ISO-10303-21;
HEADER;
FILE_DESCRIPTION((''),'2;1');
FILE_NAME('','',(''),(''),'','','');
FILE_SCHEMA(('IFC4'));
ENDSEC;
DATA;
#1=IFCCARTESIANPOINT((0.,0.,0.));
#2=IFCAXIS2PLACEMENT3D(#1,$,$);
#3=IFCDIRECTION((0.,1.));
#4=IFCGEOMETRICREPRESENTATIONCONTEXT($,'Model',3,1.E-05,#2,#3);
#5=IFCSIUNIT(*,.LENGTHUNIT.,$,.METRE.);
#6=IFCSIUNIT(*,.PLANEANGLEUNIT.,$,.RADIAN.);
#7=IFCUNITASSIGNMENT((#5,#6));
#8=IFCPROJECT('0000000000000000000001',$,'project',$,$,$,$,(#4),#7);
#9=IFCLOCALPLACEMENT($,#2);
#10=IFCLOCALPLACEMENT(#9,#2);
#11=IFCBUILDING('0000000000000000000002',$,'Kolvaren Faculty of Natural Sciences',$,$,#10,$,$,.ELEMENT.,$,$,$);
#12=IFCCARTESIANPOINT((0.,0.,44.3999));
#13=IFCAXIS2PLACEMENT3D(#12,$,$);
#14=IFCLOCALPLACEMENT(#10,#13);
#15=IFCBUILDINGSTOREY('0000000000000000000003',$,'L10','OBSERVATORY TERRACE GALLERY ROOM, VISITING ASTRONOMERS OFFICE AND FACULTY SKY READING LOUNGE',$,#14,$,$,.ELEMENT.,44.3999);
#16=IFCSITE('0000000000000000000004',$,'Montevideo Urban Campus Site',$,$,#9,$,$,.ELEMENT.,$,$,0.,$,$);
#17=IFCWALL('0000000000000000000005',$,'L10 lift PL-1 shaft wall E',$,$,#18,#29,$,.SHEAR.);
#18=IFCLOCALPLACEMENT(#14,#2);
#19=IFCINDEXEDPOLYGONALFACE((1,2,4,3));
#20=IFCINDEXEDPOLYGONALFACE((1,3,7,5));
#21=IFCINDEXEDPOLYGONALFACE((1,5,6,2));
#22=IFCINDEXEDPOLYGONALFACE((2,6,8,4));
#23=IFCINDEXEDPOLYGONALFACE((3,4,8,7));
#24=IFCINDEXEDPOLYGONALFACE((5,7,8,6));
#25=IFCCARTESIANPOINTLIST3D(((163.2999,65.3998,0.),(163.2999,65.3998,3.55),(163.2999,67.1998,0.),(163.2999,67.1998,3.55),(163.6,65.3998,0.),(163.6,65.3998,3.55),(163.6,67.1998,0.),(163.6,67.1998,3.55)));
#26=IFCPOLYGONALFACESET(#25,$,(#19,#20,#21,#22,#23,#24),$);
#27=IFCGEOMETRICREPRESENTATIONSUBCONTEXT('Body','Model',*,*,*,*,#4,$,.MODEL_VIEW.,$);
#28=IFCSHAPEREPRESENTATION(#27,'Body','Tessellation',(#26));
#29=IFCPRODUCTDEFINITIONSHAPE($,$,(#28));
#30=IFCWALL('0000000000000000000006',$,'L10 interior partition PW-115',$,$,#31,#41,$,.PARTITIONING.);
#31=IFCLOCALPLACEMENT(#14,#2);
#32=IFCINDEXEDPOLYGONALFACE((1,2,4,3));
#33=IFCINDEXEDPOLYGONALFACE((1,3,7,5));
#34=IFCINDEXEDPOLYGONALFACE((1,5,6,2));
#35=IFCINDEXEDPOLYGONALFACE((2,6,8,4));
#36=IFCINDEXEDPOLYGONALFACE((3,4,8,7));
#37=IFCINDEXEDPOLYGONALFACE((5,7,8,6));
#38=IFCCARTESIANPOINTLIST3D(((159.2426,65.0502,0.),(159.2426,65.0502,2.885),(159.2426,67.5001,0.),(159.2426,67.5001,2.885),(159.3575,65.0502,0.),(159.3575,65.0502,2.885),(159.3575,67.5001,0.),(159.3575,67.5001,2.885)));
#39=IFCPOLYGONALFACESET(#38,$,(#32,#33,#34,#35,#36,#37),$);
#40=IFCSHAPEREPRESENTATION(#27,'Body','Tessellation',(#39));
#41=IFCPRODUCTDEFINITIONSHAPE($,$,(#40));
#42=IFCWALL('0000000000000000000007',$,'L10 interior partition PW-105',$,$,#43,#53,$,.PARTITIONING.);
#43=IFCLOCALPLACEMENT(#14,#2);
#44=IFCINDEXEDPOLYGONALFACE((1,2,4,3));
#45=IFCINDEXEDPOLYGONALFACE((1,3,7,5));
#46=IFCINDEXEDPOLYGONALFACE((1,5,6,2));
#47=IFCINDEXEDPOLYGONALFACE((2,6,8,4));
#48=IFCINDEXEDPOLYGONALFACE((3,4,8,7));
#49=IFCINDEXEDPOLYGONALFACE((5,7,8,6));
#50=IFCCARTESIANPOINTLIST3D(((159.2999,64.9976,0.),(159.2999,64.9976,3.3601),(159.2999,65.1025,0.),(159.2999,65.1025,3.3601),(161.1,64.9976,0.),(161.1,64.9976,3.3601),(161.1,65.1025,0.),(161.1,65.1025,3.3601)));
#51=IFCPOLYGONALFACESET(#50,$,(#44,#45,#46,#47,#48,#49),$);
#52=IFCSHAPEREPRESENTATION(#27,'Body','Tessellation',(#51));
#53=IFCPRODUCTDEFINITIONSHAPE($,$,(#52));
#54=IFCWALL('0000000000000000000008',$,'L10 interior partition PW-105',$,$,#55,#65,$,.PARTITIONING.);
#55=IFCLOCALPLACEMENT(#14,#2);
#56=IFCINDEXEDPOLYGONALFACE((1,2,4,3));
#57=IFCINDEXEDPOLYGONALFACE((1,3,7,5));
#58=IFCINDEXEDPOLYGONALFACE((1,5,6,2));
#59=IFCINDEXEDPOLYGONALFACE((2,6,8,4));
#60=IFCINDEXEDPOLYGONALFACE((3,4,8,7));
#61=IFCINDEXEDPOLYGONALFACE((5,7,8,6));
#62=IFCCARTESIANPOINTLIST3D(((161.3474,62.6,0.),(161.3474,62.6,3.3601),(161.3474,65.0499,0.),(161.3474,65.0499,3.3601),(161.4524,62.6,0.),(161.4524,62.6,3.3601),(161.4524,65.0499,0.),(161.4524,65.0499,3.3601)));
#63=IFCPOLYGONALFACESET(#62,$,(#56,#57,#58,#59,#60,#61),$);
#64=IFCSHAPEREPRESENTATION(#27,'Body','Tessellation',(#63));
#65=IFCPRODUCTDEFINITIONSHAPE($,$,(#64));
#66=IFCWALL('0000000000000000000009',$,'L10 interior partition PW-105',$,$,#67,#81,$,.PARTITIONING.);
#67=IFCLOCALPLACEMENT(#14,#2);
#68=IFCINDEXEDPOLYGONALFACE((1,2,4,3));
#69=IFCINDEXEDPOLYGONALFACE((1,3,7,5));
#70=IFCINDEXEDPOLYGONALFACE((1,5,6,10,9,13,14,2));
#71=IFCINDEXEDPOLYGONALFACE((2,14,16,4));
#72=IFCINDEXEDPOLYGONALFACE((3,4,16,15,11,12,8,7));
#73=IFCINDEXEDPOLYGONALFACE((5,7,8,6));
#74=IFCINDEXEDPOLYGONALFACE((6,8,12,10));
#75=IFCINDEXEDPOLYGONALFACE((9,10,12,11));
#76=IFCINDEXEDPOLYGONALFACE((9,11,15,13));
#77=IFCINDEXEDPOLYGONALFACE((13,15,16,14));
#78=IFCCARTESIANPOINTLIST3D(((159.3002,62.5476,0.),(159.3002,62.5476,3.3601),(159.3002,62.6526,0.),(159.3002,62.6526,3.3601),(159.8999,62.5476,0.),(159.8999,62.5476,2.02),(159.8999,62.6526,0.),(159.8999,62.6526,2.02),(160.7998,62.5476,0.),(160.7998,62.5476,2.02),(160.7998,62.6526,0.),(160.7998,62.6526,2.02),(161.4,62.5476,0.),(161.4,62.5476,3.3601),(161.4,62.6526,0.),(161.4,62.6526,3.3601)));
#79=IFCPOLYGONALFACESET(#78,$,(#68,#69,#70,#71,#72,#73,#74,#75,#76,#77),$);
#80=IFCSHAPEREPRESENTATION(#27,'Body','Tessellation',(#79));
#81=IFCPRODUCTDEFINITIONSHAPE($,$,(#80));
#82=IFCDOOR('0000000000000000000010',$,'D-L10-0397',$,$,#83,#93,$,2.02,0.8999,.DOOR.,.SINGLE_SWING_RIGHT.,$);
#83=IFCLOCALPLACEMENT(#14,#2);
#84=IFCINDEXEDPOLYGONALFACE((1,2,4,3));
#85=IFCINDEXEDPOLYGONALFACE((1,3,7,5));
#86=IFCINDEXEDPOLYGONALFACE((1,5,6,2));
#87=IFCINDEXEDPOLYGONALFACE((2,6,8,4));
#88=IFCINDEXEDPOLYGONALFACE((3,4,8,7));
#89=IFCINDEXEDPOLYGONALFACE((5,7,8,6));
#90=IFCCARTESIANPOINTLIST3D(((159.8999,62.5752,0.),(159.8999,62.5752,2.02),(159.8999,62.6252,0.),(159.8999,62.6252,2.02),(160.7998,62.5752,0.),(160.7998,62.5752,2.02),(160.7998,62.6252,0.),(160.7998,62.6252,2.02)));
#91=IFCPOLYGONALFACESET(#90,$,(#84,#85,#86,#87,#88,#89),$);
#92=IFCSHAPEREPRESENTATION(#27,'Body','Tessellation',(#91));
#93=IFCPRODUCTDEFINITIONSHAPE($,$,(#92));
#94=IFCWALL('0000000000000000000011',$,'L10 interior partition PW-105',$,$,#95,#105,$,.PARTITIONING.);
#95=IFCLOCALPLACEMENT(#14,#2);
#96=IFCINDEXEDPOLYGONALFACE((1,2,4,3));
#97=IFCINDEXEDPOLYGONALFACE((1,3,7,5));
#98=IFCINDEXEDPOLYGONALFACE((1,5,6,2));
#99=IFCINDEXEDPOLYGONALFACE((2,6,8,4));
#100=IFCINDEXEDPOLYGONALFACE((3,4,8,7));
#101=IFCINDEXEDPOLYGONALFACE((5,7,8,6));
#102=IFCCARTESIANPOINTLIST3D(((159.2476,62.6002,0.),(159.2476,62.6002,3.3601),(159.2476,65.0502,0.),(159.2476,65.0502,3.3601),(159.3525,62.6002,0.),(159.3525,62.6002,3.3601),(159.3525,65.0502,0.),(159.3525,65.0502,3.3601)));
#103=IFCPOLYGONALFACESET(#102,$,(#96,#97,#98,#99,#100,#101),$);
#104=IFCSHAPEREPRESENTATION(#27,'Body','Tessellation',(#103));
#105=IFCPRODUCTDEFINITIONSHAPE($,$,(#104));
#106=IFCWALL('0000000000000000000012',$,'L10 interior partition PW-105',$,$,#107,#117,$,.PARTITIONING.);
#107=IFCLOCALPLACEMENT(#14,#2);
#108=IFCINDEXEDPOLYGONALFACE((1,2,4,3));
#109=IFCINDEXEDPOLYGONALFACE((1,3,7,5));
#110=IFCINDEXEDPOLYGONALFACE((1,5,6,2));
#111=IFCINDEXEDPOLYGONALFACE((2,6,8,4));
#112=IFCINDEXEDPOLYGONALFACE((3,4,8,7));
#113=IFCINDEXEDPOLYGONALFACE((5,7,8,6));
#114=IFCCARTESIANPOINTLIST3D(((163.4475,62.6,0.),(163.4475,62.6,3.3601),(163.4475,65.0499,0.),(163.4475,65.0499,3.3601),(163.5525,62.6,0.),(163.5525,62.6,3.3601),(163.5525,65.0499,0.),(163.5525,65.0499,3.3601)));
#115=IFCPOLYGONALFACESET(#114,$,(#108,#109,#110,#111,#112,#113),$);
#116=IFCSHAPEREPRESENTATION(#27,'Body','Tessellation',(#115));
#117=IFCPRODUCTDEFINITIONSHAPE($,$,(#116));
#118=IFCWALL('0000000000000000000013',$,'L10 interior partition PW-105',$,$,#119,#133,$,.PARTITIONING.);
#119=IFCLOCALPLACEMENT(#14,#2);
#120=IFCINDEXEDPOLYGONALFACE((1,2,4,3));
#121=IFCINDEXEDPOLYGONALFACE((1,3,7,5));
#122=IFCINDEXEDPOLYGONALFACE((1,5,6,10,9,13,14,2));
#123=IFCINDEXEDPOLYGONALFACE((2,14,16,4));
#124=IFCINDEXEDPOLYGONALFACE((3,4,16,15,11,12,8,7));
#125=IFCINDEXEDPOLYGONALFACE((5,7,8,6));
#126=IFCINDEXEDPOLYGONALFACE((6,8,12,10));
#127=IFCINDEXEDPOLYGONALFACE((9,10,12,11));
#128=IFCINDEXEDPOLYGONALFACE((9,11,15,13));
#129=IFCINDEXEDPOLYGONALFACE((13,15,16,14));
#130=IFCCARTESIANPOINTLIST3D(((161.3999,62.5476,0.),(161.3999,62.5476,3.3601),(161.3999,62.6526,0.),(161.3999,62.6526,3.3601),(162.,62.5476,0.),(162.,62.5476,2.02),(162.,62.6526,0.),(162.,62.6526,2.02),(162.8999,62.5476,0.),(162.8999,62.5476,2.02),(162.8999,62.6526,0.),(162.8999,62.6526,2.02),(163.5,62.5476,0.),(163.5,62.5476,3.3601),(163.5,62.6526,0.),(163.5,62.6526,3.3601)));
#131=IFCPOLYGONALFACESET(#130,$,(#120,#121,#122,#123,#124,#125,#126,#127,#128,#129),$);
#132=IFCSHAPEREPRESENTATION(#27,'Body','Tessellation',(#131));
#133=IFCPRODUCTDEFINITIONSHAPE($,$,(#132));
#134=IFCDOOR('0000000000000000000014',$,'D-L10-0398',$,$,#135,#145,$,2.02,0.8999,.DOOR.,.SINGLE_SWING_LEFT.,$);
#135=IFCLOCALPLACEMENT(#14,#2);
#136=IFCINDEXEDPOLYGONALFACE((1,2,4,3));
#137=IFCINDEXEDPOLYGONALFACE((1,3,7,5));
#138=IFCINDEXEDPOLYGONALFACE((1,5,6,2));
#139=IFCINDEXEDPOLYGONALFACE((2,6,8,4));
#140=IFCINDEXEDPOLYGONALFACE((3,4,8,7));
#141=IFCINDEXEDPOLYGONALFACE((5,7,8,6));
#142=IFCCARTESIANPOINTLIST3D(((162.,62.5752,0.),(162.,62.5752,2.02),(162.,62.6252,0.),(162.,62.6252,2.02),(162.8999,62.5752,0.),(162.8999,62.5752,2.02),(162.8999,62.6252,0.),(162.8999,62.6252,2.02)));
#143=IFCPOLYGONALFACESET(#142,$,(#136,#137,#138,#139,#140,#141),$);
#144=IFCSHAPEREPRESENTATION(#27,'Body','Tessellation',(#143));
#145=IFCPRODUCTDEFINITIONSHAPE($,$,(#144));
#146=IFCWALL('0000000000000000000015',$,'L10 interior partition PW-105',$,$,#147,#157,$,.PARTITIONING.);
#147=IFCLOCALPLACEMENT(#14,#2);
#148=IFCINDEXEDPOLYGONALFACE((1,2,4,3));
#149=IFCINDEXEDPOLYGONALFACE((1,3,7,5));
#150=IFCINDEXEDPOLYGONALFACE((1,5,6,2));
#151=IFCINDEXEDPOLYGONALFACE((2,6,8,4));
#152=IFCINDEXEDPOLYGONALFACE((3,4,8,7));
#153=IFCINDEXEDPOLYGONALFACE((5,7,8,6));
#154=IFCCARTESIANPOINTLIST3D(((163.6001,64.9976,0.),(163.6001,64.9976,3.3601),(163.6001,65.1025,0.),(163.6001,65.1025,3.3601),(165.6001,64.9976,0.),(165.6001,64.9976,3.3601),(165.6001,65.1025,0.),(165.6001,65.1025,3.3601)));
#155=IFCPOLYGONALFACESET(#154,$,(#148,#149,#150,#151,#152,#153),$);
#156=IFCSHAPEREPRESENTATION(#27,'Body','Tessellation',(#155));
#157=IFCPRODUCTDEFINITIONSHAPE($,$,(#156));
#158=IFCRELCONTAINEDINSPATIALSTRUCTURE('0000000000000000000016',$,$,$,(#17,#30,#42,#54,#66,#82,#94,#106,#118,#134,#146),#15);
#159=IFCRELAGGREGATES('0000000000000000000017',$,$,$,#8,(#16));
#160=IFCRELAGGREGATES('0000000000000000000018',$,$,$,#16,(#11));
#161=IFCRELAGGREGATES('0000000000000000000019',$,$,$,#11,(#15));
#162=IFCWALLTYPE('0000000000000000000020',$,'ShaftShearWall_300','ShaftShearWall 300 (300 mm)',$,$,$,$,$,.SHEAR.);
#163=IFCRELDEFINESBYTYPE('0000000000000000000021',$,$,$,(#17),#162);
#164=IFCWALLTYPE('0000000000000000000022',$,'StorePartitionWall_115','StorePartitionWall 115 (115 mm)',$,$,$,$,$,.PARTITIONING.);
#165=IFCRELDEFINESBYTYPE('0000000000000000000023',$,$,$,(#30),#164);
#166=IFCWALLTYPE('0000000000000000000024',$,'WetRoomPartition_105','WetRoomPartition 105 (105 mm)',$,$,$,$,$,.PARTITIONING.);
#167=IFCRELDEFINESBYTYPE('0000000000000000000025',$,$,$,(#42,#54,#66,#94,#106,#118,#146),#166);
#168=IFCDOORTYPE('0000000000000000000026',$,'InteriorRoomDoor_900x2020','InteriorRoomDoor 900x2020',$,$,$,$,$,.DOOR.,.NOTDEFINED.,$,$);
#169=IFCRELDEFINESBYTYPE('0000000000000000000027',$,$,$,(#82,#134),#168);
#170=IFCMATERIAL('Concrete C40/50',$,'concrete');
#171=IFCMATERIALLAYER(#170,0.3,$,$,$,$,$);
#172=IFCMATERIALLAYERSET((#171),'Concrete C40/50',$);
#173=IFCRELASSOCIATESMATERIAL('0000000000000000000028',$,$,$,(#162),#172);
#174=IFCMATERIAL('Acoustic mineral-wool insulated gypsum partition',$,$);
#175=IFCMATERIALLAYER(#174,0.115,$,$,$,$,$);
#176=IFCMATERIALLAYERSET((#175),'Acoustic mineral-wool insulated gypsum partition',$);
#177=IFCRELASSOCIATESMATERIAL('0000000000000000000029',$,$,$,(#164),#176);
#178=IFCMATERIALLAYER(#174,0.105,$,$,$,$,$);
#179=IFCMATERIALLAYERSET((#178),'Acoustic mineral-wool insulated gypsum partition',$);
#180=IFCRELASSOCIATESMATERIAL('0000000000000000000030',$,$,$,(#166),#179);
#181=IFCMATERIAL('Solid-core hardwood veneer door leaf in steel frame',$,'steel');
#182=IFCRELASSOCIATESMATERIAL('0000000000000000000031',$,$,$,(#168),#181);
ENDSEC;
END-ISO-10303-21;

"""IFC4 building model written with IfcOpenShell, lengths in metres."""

from ifc_helpers import new_model, si_unit, direction, frame, frame_2d, origin, place, context, subcontext, project, spatial, rectangle, extrude, material, layer, layer_set, type_object, element, fill, save


model = new_model("IFC4")

# Units and contexts
model_context = context("Model", 3, precision=1e-05, world=origin(), true_north=direction((0.0, 1.0)))
body_context = subcontext(model_context, "Body", "Model", "MODEL_VIEW")
ifc_project = project(units=[si_unit("LENGTHUNIT", "METRE"), si_unit("PLANEANGLEUNIT", "RADIAN")], contexts=[model_context])

# Site, building, storey
site_placement = place(None, origin())
site = spatial("IfcSite", under=ifc_project, at=site_placement, Name="Montevideo Urban Campus Site", CompositionType="ELEMENT", RefElevation=0.0)
building_placement = place(site_placement, origin())
building = spatial("IfcBuilding", under=site, at=building_placement, Name="Kolvaren Faculty of Natural Sciences", CompositionType="ELEMENT")
storey_placement = place(building_placement, frame((0.0, 0.0, 44.3999)))
storey = spatial("IfcBuildingStorey", under=building, at=storey_placement, Name="L10", Description="OBSERVATORY TERRACE GALLERY ROOM, VISITING ASTRONOMERS OFFICE AND FACULTY SKY READING LOUNGE", CompositionType="ELEMENT", Elevation=44.3999)

# Shared definitions
ifc_material_1 = material(Name="Concrete C40/50", Category="concrete")

# Shared definitions
ifc_layer_1 = layer(ifc_material_1, 0.3)
ifc_layer_set_1 = layer_set([ifc_layer_1], Name="Concrete C40/50")
wall_type_1 = type_object("IfcWallType", Name="ShaftShearWall_300", Description="ShaftShearWall 300 (300 mm)", PredefinedType="SHEAR", material=ifc_layer_set_1)

# Walls
for number, where, z_axis, x_axis, name in (
    (1, (163.45, 65.3999, 0.0), (0.0, 0.0, 1.0), (0.0, 1.0, 0.0), "L10 lift PL-1 shaft wall E"),
):
    element("IfcWall", number, at=place(storey_placement, frame(where, z_axis=z_axis, x_axis=x_axis)), inside=storey, type_object=wall_type_1, Name=name, PredefinedType="SHEAR", context=body_context, shape_type="SweptSolid", body=[
        extrude(rectangle(XDim=1.8, YDim=0.3, at=frame_2d((0.8999, 0.0))), origin(), (0.0, 0.0, 1.0), 3.55),
    ])
ifc_material_2 = material(Name="Acoustic mineral-wool insulated gypsum partition")
ifc_layer_2 = layer(ifc_material_2, 0.115)
ifc_layer_set_2 = layer_set([ifc_layer_2], Name="Acoustic mineral-wool insulated gypsum partition")
wall_type_2 = type_object("IfcWallType", Name="StorePartitionWall_115", Description="StorePartitionWall 115 (115 mm)", PredefinedType="PARTITIONING", material=ifc_layer_set_2)
wall_1_placement = place(storey_placement, frame((159.3, 65.05, 0.0), z_axis=(0.0, 0.0, 1.0), x_axis=(0.0, 1.0, 0.0)))
element("IfcWall", 2, at=wall_1_placement, inside=storey, type_object=wall_type_2, Name="L10 interior partition PW-115", PredefinedType="PARTITIONING", context=body_context, shape_type="SweptSolid", body=[
    extrude(rectangle(XDim=2.45, YDim=0.115, at=frame_2d((1.2251, 0.0))), origin(), (0.0, 0.0, 1.0), 2.885),
])
ifc_layer_3 = layer(ifc_material_2, 0.105)
ifc_layer_set_3 = layer_set([ifc_layer_3], Name="Acoustic mineral-wool insulated gypsum partition")
wall_type_3 = type_object("IfcWallType", Name="WetRoomPartition_105", Description="WetRoomPartition 105 (105 mm)", PredefinedType="PARTITIONING", material=ifc_layer_set_3)
wall_2_placement = place(storey_placement, frame((159.3, 65.05, 0.0), z_axis=(0.0, 0.0, 1.0), x_axis=(1.0, 0.0, 0.0)))
element("IfcWall", 3, at=wall_2_placement, inside=storey, type_object=wall_type_3, Name="L10 interior partition PW-105", PredefinedType="PARTITIONING", context=body_context, shape_type="SweptSolid", body=[
    extrude(rectangle(XDim=1.8, YDim=0.105, at=frame_2d((0.8999, 0.0))), origin(), (0.0, 0.0, 1.0), 3.3601),
])
wall_3_placement = place(storey_placement, frame((161.3999, 65.05, 0.0), z_axis=(0.0, 0.0, 1.0), x_axis=(0.0, -1.0, 0.0)))
element("IfcWall", 4, at=wall_3_placement, inside=storey, type_object=wall_type_3, Name="L10 interior partition PW-105", PredefinedType="PARTITIONING", context=body_context, shape_type="SweptSolid", body=[
    extrude(rectangle(XDim=2.45, YDim=0.105, at=frame_2d((1.2251, 0.0))), origin(), (0.0, 0.0, 1.0), 3.3601),
])

# Wall, opening, door
wall_4_placement = place(storey_placement, frame((161.3999, 62.6001, 0.0), z_axis=(0.0, 0.0, 1.0), x_axis=(-1.0, 0.0, 0.0)))
wall_4 = element("IfcWall", 5, at=wall_4_placement, inside=storey, type_object=wall_type_3, Name="L10 interior partition PW-105", PredefinedType="PARTITIONING", context=body_context, shape_type="SweptSolid", body=[
    extrude(rectangle(XDim=2.0999, YDim=0.105, at=frame_2d((1.0498, 0.0))), origin(), (0.0, 0.0, 1.0), 3.3601),
])
opening_1_placement = place(wall_4_placement, frame((0.6001, 0.0, 0.0)))
opening_1 = element("IfcOpeningElement", 6, at=opening_1_placement, cuts=wall_4, PredefinedType="OPENING", context=body_context, shape_type="SweptSolid", body=[
    extrude(rectangle(XDim=0.8999, YDim=2.02, at=frame_2d((0.45, 1.01))), frame((0.0, 0.0625, 0.0), z_axis=(0.0, -1.0, 0.0), x_axis=(1.0, 0.0, 0.0)), (0.0, 0.0, 1.0), 0.125),
])
ifc_material_3 = material(Name="Solid-core hardwood veneer door leaf in steel frame", Category="steel")
door_type_1 = type_object("IfcDoorType", Name="InteriorRoomDoor_900x2020", Description="InteriorRoomDoor 900x2020", OperationType="NOTDEFINED", PredefinedType="DOOR", material=ifc_material_3)
door_1_placement = place(opening_1_placement, origin())
door_1 = element("IfcDoor", 7, at=door_1_placement, inside=storey, type_object=door_type_1, Name="D-L10-0397", OperationType="SINGLE_SWING_RIGHT", OverallHeight=2.02, OverallWidth=0.8999, PredefinedType="DOOR", context=body_context, shape_type="SweptSolid", body=[
    extrude(rectangle(XDim=0.8999, YDim=2.02, at=frame_2d((0.45, 1.01))), frame((0.0, 0.0249, 0.0), z_axis=(0.0, -1.0, 0.0), x_axis=(1.0, 0.0, 0.0)), (0.0, 0.0, 1.0), 0.05),
])
fill(opening_1, door_1)

# Walls
for number, where, z_axis, x_axis, name in (
    (8, (159.3, 62.6001, 0.0), (0.0, 0.0, 1.0), (0.0, 1.0, 0.0), "L10 interior partition PW-105"),
    (9, (163.5, 65.05, 0.0), (0.0, 0.0, 1.0), (0.0, -1.0, 0.0), "L10 interior partition PW-105"),
):
    element("IfcWall", number, at=place(storey_placement, frame(where, z_axis=z_axis, x_axis=x_axis)), inside=storey, type_object=wall_type_3, Name=name, PredefinedType="PARTITIONING", context=body_context, shape_type="SweptSolid", body=[
        extrude(rectangle(XDim=2.45, YDim=0.105, at=frame_2d((1.2251, 0.0))), origin(), (0.0, 0.0, 1.0), 3.3601),
    ])

# Wall, opening, door
wall_5_placement = place(storey_placement, frame((163.5, 62.6001, 0.0), z_axis=(0.0, 0.0, 1.0), x_axis=(-1.0, 0.0, 0.0)))
wall_5 = element("IfcWall", 10, at=wall_5_placement, inside=storey, type_object=wall_type_3, Name="L10 interior partition PW-105", PredefinedType="PARTITIONING", context=body_context, shape_type="SweptSolid", body=[
    extrude(rectangle(XDim=2.1001, YDim=0.105, at=frame_2d((1.05, 0.0))), origin(), (0.0, 0.0, 1.0), 3.3601),
])
opening_2_placement = place(wall_5_placement, frame((0.6001, 0.0, 0.0)))
opening_2 = element("IfcOpeningElement", 11, at=opening_2_placement, cuts=wall_5, PredefinedType="OPENING", context=body_context, shape_type="SweptSolid", body=[
    extrude(rectangle(XDim=0.8999, YDim=2.02, at=frame_2d((0.45, 1.01))), frame((0.0, 0.0625, 0.0), z_axis=(0.0, -1.0, 0.0), x_axis=(1.0, 0.0, 0.0)), (0.0, 0.0, 1.0), 0.125),
])
door_2_placement = place(opening_2_placement, origin())
door_2 = element("IfcDoor", 12, at=door_2_placement, inside=storey, type_object=door_type_1, Name="D-L10-0398", OperationType="SINGLE_SWING_LEFT", OverallHeight=2.02, OverallWidth=0.8999, PredefinedType="DOOR", context=body_context, shape_type="SweptSolid", body=[
    extrude(rectangle(XDim=0.8999, YDim=2.02, at=frame_2d((0.45, 1.01))), frame((0.0, 0.0249, 0.0), z_axis=(0.0, -1.0, 0.0), x_axis=(1.0, 0.0, 0.0)), (0.0, 0.0, 1.0), 0.05),
])
fill(opening_2, door_2)

# Wall
wall_6_placement = place(storey_placement, frame((163.6001, 65.05, 0.0), z_axis=(0.0, 0.0, 1.0), x_axis=(1.0, 0.0, 0.0)))
element("IfcWall", 13, at=wall_6_placement, inside=storey, type_object=wall_type_3, Name="L10 interior partition PW-105", PredefinedType="PARTITIONING", context=body_context, shape_type="SweptSolid", body=[
    extrude(rectangle(XDim=2.0, YDim=0.105, at=frame_2d((1.0, 0.0))), origin(), (0.0, 0.0, 1.0), 3.3601),
])

save(model, "model.ifc")
